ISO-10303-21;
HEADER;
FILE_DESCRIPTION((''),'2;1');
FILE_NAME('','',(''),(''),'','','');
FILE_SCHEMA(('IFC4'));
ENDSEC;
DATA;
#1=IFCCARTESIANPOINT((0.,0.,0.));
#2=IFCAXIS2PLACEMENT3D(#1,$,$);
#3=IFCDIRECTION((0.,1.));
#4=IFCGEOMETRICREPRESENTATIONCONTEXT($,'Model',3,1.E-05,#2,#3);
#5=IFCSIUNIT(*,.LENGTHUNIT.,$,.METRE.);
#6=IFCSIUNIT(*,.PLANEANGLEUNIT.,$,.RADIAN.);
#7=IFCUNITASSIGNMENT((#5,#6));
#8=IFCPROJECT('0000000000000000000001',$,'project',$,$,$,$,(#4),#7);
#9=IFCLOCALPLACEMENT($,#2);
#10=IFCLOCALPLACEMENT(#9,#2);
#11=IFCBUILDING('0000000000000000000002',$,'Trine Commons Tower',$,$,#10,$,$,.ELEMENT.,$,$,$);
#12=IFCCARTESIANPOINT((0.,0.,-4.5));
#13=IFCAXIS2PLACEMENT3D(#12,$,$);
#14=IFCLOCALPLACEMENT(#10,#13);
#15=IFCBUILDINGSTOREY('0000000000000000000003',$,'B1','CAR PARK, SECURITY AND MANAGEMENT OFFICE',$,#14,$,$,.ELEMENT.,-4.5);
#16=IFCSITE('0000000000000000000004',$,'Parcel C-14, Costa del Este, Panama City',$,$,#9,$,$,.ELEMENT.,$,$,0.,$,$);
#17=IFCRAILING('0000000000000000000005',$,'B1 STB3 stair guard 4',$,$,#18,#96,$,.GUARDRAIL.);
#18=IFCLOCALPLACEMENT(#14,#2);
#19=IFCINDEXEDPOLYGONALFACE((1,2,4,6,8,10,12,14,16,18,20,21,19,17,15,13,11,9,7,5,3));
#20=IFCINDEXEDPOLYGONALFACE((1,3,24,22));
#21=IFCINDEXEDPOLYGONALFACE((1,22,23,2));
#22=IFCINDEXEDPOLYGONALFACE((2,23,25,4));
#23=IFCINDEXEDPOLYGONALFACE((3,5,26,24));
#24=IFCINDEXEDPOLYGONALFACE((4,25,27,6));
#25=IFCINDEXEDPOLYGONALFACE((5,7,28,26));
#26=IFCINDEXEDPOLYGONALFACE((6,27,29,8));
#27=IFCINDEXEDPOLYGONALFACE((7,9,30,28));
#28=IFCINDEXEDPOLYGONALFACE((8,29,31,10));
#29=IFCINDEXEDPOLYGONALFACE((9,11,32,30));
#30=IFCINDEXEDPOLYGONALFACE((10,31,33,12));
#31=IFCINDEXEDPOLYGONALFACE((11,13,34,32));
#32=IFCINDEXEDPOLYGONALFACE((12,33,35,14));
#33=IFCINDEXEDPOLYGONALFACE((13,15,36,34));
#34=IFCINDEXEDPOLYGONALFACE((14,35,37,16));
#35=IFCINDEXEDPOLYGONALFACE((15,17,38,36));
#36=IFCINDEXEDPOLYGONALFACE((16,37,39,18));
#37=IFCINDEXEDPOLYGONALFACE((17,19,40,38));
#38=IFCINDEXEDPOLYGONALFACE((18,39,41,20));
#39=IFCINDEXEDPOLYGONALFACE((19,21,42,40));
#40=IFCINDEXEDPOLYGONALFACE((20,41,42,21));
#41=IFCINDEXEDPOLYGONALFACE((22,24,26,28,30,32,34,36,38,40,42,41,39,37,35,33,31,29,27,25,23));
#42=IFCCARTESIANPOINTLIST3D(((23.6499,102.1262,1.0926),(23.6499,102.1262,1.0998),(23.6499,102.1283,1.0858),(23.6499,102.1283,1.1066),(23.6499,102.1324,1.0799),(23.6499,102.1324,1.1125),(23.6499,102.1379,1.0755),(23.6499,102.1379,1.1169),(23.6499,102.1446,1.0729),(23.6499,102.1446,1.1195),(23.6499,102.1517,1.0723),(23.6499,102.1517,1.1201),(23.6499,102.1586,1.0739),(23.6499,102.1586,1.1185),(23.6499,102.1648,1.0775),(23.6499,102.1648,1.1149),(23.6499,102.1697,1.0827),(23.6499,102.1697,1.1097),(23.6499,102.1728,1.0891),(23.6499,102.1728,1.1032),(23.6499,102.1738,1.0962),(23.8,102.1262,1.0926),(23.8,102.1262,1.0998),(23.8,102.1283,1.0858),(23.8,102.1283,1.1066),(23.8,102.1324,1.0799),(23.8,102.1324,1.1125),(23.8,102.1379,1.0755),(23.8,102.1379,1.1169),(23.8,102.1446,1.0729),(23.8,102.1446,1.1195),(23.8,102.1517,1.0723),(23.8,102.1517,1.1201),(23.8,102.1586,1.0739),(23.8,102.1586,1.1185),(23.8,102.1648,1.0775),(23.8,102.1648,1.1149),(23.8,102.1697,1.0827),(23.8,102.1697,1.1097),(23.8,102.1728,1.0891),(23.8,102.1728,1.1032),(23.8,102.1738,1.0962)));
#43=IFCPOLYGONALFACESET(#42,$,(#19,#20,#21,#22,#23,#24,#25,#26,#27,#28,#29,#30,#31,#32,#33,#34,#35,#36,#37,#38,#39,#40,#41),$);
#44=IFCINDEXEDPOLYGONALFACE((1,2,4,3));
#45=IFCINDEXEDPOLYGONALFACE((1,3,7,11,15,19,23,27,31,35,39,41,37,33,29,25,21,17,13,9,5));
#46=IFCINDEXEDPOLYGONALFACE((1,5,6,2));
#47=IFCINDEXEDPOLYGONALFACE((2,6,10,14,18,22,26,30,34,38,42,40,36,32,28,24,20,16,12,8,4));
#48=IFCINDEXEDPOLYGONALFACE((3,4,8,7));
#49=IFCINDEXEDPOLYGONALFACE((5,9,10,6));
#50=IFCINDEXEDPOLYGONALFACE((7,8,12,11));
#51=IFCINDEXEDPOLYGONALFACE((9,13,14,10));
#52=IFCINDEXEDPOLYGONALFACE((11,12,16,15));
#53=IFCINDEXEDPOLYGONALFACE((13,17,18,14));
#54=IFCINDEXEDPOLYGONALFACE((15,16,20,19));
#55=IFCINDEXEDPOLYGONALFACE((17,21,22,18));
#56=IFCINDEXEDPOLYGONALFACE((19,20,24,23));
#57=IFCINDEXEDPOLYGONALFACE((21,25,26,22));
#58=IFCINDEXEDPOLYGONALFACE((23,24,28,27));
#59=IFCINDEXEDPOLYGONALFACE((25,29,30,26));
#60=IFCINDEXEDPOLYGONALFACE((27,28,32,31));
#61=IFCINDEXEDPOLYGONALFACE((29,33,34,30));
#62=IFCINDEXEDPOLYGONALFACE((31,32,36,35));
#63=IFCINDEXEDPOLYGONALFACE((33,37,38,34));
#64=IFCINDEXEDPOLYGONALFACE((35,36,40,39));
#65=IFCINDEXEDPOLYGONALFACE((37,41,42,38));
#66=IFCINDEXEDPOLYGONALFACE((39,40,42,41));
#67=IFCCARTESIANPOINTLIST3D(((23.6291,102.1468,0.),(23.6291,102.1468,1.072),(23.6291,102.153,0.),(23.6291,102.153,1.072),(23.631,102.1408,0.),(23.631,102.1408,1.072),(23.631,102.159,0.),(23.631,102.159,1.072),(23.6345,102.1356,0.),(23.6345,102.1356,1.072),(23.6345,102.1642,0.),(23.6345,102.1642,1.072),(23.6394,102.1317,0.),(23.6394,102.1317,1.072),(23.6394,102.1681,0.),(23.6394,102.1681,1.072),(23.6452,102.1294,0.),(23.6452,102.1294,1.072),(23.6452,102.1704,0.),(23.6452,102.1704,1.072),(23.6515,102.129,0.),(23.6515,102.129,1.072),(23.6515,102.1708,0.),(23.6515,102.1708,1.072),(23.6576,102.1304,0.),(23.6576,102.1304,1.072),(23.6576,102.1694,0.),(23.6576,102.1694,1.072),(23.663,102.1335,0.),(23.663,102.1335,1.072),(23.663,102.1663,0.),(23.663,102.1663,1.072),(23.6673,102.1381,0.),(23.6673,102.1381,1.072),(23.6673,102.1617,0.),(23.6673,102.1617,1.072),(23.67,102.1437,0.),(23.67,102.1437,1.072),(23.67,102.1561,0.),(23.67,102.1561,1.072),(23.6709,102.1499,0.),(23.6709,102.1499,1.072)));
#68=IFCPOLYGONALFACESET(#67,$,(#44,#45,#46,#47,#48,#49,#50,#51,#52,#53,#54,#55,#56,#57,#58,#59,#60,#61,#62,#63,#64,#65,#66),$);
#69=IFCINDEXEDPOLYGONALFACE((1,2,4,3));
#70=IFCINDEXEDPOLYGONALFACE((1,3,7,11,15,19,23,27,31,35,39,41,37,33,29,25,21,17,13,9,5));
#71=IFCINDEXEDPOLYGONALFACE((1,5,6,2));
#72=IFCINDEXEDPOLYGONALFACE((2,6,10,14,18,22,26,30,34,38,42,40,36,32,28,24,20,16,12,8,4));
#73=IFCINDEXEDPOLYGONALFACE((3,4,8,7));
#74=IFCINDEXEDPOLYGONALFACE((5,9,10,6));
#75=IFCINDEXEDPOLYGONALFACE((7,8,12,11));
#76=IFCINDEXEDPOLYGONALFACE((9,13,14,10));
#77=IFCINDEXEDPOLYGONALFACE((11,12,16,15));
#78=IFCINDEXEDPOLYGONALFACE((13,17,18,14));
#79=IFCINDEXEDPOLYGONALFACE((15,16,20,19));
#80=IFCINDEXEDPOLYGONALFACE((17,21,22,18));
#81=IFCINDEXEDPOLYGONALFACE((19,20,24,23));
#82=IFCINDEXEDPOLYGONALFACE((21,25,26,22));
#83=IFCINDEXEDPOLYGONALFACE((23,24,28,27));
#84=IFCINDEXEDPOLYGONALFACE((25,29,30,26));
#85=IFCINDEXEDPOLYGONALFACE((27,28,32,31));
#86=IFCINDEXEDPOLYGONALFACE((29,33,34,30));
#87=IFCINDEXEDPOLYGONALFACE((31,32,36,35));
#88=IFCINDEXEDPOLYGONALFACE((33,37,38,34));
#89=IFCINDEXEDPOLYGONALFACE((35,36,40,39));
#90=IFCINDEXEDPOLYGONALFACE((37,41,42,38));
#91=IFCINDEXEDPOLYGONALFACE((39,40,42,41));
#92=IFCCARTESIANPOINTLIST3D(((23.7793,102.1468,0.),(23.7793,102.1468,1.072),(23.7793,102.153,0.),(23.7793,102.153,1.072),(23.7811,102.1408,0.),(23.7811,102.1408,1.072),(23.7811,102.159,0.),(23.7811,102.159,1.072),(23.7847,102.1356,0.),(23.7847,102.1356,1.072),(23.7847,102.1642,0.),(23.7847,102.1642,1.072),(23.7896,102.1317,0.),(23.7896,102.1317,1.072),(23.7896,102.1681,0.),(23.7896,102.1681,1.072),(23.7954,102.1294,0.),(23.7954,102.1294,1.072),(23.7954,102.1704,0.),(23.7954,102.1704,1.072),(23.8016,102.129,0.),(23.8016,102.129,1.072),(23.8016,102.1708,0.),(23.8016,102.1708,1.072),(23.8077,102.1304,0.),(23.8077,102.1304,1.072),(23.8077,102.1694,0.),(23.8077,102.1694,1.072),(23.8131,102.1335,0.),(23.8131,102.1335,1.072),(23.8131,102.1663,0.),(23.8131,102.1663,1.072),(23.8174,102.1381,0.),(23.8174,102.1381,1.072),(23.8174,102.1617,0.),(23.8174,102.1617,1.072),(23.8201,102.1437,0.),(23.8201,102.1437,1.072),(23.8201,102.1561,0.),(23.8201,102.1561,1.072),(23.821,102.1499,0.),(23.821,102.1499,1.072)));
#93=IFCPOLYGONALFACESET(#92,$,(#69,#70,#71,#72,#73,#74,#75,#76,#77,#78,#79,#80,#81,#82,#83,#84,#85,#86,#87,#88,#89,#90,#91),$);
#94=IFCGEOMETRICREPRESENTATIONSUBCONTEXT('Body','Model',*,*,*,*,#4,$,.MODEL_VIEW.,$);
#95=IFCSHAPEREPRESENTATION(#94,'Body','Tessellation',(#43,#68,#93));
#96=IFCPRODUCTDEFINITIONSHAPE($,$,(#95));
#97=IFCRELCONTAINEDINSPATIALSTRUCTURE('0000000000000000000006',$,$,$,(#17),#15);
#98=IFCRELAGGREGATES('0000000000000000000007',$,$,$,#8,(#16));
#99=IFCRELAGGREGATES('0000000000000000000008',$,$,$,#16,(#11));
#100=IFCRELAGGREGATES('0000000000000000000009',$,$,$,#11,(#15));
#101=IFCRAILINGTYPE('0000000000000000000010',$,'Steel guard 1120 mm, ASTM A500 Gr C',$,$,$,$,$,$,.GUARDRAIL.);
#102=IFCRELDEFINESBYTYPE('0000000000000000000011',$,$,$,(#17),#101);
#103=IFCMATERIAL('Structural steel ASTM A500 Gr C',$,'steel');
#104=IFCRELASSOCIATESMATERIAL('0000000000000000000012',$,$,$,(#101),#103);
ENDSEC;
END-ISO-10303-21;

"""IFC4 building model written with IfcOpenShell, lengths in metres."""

from ifc_helpers import new_model, si_unit, direction, frame, origin, origin_2d, place, context, subcontext, project, spatial, circle, extrude, material, type_object, element, save


model = new_model("IFC4")

# Units and contexts
model_context = context("Model", 3, precision=1e-05, world=origin(), true_north=direction((0.0, 1.0)))
body_context = subcontext(model_context, "Body", "Model", "MODEL_VIEW")
ifc_project = project(units=[si_unit("LENGTHUNIT", "METRE"), si_unit("PLANEANGLEUNIT", "RADIAN")], contexts=[model_context])

# Site, building, storey
site_placement = place(None, origin())
site = spatial("IfcSite", under=ifc_project, at=site_placement, Name="Parcel C-14, Costa del Este, Panama City", CompositionType="ELEMENT", RefElevation=0.0)
building_placement = place(site_placement, origin())
building = spatial("IfcBuilding", under=site, at=building_placement, Name="Trine Commons Tower", CompositionType="ELEMENT")
storey_placement = place(building_placement, frame((0.0, 0.0, -4.5)))
storey = spatial("IfcBuildingStorey", under=building, at=storey_placement, Name="B1", Description="CAR PARK, SECURITY AND MANAGEMENT OFFICE", CompositionType="ELEMENT", Elevation=-4.5)

# Railing
ifc_material_1 = material(Name="Structural steel ASTM A500 Gr C", Category="steel")
railing_type_1 = type_object("IfcRailingType", Name="Steel guard 1120 mm, ASTM A500 Gr C", PredefinedType="GUARDRAIL", material=ifc_material_1)
railing_1_placement = place(storey_placement, frame((23.6499, 102.1499, 0.0)))
element("IfcRailing", 1, at=railing_1_placement, inside=storey, type_object=railing_type_1, Name="B1 STB3 stair guard 4", PredefinedType="GUARDRAIL", context=body_context, shape_type="SweptSolid", body=[
    extrude(circle(Radius=0.0239, at=origin_2d()), frame((0.0, 0.0, 1.0962), z_axis=(1.0, 0.0, 0.0), x_axis=(0.0, 1.0, 0.0)), (0.0, 0.0, 1.0), 0.1501),
    extrude(circle(Radius=0.021, at=origin_2d()), origin(), (0.0, 0.0, 1.0), 1.072),
    extrude(circle(Radius=0.021, at=origin_2d()), frame((0.1501, 0.0, 0.0)), (0.0, 0.0, 1.0), 1.072),
])

save(model, "model.ifc")
